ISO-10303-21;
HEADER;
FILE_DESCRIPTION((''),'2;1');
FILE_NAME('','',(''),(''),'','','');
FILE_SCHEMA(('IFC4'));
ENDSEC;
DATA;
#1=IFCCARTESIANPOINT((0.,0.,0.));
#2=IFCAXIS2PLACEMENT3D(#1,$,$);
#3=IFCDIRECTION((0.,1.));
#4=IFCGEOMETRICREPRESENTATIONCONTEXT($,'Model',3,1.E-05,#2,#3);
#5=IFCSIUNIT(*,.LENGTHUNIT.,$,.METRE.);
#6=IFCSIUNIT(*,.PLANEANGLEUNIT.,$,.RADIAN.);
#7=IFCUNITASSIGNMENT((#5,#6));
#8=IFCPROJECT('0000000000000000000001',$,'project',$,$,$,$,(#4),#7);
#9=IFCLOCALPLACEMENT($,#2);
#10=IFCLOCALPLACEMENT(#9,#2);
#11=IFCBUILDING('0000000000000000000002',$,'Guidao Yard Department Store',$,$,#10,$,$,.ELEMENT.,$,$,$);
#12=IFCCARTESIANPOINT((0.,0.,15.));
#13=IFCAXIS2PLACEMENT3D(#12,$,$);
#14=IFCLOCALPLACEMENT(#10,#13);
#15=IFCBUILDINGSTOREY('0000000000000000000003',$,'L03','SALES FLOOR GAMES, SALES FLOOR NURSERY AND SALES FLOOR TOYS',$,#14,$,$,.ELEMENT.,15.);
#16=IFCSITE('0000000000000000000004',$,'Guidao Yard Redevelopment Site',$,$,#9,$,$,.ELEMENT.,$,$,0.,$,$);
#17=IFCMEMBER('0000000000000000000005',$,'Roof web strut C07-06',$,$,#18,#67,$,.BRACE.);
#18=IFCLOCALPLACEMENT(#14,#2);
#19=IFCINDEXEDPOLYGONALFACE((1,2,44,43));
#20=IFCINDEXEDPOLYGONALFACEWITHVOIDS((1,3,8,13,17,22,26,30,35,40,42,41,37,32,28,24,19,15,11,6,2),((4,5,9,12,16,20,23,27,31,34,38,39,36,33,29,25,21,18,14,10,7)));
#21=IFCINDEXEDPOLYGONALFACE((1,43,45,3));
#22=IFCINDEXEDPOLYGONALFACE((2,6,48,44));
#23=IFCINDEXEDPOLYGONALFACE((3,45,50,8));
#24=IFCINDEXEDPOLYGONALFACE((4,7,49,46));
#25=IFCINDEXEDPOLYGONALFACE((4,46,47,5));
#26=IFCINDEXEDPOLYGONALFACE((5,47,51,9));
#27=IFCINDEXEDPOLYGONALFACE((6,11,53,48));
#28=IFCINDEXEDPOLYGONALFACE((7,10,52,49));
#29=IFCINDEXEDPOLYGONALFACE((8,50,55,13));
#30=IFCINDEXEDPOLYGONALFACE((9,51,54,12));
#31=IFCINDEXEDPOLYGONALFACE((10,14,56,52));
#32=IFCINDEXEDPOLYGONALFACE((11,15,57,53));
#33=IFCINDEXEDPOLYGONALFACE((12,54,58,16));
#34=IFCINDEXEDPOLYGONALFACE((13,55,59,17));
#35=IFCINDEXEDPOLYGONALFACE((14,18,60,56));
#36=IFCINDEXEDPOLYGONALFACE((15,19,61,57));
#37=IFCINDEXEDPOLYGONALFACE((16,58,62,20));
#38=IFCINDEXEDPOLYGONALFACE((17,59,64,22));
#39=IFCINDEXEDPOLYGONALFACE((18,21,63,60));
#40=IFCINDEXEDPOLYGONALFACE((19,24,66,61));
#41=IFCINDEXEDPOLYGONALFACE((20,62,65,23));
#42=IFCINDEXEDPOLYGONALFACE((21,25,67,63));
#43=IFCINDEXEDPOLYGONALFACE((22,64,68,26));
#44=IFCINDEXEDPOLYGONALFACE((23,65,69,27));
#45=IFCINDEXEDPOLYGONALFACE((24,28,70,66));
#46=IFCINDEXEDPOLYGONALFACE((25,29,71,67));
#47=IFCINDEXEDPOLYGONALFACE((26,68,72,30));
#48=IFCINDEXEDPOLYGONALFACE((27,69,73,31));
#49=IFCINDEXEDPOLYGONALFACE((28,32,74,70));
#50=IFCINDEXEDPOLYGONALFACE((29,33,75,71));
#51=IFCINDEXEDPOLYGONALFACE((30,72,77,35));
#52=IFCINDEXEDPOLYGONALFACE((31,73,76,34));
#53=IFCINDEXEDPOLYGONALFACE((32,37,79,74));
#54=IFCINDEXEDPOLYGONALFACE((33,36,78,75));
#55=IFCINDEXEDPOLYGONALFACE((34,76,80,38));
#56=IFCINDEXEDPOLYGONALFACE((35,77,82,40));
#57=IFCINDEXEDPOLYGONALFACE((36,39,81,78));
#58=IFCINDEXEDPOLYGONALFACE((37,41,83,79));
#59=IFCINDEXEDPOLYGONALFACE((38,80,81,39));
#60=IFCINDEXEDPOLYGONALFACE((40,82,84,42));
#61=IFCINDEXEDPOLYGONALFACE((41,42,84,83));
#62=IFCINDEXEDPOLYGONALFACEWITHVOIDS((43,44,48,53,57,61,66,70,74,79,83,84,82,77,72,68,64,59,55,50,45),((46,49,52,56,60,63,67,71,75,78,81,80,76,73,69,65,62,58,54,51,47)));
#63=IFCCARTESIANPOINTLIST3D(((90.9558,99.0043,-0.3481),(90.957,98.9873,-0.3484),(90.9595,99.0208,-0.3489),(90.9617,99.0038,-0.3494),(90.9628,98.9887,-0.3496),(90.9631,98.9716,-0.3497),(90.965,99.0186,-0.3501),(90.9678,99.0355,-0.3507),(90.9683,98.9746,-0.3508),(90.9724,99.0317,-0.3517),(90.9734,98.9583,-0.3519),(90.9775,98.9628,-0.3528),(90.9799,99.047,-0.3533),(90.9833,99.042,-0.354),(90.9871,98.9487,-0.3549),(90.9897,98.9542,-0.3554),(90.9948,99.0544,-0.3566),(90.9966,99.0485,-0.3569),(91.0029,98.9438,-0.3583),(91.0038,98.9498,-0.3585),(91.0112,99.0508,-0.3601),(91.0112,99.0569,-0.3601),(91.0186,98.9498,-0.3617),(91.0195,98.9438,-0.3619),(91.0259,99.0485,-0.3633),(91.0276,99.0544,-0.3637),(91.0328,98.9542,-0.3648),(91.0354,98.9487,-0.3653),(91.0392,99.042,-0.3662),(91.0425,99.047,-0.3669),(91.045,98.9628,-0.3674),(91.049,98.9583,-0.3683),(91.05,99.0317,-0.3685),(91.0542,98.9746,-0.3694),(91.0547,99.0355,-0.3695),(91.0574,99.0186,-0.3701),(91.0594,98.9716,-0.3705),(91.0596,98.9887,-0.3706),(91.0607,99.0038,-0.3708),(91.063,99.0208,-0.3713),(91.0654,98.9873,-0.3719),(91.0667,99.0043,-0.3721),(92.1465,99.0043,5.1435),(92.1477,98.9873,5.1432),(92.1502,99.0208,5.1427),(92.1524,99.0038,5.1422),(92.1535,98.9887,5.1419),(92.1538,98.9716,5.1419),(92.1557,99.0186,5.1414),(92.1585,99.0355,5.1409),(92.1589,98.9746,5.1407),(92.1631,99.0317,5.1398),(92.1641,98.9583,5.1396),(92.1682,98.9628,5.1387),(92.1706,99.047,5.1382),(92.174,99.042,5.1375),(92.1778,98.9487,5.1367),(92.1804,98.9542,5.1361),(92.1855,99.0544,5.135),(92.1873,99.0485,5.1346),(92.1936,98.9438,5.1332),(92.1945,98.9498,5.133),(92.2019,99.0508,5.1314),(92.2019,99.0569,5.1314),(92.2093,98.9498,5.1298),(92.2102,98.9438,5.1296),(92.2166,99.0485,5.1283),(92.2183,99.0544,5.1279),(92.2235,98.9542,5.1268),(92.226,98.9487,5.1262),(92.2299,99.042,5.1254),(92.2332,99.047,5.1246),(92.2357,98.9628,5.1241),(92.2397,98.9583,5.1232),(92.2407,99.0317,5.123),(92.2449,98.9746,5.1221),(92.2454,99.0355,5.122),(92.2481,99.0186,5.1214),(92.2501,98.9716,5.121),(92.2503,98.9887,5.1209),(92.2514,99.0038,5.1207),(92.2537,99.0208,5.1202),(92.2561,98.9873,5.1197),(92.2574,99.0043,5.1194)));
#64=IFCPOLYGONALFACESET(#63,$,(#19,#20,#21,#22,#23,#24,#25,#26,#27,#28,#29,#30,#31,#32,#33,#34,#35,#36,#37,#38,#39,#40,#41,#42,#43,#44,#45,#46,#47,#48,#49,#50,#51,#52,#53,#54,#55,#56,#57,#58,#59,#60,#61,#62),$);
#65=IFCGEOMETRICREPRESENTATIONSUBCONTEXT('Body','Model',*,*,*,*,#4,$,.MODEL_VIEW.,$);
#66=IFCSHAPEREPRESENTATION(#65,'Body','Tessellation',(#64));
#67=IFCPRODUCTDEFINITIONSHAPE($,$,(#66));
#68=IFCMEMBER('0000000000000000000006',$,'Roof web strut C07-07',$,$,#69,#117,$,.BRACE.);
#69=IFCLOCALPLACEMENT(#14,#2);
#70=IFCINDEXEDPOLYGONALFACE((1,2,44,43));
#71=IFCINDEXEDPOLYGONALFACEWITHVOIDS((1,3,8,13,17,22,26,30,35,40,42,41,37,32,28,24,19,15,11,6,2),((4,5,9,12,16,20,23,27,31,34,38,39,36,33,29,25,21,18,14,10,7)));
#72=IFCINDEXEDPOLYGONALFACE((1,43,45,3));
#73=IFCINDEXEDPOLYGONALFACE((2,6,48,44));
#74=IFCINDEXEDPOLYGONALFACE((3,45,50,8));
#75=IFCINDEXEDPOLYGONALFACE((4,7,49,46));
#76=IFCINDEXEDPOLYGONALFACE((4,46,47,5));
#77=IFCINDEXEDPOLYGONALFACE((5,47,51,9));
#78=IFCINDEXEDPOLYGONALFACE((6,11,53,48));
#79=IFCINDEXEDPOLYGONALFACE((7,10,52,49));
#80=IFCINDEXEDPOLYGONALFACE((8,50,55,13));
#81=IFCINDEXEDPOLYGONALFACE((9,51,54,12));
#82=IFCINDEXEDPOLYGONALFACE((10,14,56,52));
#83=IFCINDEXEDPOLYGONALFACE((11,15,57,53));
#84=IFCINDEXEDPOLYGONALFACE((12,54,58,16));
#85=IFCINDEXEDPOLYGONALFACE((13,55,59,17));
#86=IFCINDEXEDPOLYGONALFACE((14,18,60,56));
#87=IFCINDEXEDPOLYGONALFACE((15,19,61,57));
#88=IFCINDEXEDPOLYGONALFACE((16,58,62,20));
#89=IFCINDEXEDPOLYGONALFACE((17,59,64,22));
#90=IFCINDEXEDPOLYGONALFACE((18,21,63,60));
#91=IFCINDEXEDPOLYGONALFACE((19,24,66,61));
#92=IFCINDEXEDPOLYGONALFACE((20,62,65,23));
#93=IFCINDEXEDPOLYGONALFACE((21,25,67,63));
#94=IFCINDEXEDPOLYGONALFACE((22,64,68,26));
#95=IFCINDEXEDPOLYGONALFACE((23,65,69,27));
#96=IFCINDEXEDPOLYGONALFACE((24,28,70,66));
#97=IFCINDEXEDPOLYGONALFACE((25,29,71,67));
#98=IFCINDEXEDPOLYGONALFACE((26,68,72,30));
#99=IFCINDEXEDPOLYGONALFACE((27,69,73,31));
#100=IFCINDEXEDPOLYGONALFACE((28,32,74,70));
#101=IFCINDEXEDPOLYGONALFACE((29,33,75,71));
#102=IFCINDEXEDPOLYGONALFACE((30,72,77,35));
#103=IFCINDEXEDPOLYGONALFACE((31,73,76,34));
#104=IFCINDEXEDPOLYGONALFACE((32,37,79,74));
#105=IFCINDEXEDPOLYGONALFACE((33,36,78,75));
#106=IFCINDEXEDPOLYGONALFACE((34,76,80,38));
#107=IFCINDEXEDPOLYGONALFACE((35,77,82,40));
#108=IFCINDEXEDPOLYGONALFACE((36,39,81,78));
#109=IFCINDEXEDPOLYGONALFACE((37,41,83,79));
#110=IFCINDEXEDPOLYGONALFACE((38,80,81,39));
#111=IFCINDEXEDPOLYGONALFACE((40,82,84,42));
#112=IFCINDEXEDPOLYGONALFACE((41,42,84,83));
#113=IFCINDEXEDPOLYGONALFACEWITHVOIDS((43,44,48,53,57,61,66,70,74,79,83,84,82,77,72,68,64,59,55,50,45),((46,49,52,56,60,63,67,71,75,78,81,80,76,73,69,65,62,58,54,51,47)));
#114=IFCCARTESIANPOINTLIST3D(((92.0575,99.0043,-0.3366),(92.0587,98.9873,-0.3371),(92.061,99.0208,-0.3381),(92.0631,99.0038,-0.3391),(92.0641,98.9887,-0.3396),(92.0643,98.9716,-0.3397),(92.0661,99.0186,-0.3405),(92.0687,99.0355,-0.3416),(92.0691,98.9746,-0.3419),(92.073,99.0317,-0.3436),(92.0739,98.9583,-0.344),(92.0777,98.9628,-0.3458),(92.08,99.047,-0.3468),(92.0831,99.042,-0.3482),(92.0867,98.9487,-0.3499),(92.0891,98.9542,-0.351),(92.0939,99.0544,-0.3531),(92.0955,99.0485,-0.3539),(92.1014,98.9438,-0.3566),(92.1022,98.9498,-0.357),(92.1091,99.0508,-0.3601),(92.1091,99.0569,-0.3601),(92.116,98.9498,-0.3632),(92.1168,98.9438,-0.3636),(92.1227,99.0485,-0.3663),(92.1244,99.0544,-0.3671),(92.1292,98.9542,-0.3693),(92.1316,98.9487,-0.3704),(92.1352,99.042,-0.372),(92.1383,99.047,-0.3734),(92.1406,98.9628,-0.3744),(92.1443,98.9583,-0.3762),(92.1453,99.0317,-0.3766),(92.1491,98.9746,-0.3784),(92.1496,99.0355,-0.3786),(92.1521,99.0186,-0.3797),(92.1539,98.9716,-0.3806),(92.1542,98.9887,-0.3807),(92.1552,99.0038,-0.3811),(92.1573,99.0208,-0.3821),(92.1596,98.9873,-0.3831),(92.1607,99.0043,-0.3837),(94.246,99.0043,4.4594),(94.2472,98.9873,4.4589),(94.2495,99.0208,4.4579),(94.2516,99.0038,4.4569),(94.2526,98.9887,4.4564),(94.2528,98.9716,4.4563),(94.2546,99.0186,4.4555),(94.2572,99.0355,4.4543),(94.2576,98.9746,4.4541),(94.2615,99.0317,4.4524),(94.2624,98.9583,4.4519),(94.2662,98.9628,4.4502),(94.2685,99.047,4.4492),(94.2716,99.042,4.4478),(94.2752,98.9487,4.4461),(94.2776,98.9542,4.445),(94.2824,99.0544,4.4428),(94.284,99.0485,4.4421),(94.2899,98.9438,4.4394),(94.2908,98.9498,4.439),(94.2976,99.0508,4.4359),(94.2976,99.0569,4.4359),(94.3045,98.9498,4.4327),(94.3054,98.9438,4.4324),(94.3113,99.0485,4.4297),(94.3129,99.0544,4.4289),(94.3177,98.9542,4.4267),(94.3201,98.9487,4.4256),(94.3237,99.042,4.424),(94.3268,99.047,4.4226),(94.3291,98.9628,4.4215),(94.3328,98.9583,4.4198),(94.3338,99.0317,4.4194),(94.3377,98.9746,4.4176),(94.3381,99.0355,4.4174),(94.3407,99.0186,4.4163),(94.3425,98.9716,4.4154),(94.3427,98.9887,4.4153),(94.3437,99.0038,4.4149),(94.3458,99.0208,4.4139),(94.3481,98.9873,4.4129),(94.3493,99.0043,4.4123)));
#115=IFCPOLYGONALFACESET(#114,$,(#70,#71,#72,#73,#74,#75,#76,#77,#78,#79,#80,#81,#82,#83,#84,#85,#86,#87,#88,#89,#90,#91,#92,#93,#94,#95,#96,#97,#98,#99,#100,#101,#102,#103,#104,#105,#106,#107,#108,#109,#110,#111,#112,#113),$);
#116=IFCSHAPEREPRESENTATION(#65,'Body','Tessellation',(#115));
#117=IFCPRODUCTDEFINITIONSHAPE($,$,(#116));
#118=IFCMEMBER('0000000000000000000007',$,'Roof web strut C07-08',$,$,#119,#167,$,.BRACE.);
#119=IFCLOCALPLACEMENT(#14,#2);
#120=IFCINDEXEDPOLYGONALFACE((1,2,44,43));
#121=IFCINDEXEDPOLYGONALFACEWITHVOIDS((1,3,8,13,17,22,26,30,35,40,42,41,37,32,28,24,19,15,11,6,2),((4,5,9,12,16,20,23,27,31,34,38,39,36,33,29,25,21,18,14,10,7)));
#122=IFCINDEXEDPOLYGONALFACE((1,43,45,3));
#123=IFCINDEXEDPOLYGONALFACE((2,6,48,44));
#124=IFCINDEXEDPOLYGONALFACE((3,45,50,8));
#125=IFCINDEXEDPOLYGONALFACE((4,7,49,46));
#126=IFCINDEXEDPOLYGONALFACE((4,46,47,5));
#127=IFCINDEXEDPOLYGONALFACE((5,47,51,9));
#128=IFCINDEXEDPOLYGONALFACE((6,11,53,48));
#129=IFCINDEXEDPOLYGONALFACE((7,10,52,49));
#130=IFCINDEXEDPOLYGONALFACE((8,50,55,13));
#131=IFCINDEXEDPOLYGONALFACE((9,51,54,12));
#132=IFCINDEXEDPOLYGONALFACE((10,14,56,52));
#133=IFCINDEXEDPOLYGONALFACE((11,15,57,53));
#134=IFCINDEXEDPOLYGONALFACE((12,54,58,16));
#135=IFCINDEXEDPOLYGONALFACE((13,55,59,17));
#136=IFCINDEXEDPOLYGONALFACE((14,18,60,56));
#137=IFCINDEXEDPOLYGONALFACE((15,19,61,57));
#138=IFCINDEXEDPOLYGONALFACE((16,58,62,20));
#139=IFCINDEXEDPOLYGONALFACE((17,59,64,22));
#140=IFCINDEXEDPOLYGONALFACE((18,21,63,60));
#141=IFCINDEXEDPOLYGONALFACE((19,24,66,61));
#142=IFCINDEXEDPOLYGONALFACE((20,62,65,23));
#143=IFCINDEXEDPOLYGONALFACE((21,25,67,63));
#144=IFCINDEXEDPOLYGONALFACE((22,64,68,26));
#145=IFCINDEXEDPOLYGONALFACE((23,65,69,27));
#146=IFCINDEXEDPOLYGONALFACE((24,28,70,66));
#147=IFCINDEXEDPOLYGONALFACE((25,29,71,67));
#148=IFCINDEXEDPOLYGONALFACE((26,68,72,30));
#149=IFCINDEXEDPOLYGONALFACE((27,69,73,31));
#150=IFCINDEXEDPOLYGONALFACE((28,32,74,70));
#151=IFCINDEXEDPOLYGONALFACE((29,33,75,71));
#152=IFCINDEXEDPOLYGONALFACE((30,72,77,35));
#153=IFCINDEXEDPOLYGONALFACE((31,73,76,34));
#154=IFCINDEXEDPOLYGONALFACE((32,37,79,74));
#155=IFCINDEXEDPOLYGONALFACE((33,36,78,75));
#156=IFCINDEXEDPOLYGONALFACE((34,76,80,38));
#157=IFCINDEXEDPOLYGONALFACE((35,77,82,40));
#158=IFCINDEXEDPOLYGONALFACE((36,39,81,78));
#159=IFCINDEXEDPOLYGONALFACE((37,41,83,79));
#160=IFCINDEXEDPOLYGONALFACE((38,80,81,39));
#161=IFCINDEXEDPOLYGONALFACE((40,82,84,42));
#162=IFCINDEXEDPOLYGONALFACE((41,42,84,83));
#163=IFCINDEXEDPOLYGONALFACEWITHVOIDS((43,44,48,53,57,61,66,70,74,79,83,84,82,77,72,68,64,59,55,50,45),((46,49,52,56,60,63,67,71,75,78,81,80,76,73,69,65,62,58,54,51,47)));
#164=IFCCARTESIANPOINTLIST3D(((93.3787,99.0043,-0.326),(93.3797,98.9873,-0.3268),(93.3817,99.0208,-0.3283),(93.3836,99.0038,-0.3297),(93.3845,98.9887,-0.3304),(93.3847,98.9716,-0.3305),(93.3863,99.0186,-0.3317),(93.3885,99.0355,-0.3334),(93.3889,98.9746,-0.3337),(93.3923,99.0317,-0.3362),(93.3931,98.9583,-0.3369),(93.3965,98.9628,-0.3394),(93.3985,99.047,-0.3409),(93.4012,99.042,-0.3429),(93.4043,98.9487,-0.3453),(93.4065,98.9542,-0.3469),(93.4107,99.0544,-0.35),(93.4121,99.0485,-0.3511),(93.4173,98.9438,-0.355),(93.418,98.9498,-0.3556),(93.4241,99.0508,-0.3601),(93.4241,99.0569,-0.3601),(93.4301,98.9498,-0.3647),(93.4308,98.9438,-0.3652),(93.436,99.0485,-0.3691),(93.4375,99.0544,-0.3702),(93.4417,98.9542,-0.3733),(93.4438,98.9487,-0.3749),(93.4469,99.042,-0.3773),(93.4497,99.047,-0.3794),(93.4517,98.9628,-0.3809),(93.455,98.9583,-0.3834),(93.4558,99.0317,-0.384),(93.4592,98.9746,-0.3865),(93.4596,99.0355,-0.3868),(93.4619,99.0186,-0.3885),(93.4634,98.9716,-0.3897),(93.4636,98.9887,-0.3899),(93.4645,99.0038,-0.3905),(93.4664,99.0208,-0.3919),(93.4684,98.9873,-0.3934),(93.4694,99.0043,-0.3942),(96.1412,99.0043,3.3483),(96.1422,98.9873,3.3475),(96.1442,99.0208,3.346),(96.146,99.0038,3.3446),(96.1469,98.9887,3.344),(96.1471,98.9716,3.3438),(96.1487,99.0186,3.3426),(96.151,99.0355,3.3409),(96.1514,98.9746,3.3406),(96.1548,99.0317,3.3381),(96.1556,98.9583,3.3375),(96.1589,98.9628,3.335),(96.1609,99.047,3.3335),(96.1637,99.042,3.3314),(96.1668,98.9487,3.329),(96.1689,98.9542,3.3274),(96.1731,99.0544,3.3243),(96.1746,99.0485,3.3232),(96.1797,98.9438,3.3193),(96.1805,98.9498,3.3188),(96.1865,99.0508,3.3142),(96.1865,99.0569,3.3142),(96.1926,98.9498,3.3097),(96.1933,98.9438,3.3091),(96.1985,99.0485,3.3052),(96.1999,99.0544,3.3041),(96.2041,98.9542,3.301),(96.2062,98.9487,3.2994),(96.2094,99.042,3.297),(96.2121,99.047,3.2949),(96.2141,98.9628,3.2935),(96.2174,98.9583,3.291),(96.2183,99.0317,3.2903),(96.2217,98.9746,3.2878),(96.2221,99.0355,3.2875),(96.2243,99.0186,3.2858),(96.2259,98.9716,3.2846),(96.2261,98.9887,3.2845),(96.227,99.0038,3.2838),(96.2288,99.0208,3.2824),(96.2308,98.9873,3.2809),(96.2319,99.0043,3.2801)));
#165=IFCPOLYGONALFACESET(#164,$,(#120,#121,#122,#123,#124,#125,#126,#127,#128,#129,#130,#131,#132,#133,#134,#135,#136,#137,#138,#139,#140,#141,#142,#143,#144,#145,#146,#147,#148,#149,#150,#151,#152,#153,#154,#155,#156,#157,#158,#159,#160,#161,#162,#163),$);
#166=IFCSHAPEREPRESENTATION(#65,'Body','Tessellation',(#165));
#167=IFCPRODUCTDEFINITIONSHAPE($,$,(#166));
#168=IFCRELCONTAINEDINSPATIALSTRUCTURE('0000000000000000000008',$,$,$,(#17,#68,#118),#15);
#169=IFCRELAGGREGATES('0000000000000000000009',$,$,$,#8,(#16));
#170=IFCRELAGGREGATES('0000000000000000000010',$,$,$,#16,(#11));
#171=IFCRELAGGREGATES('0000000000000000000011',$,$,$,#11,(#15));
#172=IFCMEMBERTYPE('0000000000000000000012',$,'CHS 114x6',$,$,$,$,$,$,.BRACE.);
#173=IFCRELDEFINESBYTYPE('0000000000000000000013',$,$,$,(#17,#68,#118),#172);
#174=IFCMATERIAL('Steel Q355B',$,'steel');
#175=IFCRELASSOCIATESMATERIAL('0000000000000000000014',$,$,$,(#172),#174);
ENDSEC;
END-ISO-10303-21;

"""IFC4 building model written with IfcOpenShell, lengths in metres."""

from ifc_helpers import new_model, si_unit, direction, frame, origin, origin_2d, place, context, subcontext, project, spatial, hollow_circle, extrude, material, material_profile, profile_set, type_object, element, save


model = new_model("IFC4")

# Units and contexts
model_context = context("Model", 3, precision=1e-05, world=origin(), true_north=direction((0.0, 1.0)))
body_context = subcontext(model_context, "Body", "Model", "MODEL_VIEW")
ifc_project = project(units=[si_unit("LENGTHUNIT", "METRE"), si_unit("PLANEANGLEUNIT", "RADIAN")], contexts=[model_context])

# Site, building, storey
site_placement = place(None, origin())
site = spatial("IfcSite", under=ifc_project, at=site_placement, Name="Guidao Yard Redevelopment Site", CompositionType="ELEMENT", RefElevation=0.0)
building_placement = place(site_placement, origin())
building = spatial("IfcBuilding", under=site, at=building_placement, Name="Guidao Yard Department Store", CompositionType="ELEMENT")
storey_placement = place(building_placement, frame((0.0, 0.0, 15.0)))
storey = spatial("IfcBuildingStorey", under=building, at=storey_placement, Name="L03", Description="SALES FLOOR GAMES, SALES FLOOR NURSERY AND SALES FLOOR TOYS", CompositionType="ELEMENT", Elevation=15.0)

# Members
ifc_material_1 = material(Name="Steel Q355B", Category="steel")
ifc_material_profile_1 = material_profile(ifc_material_1, hollow_circle(Radius=0.0569, WallThickness=0.0061, at=origin_2d()), Name="CHS 114x6")
ifc_profile_set_1 = profile_set([ifc_material_profile_1], Name="Steel Q355B")
member_type_1 = type_object("IfcMemberType", Name="CHS 114x6", PredefinedType="BRACE", material=ifc_profile_set_1)
member_1_placement = place(storey_placement, frame((91.0112, 99.0, -0.3601), z_axis=(0.211899, 0.0, 0.977292), x_axis=(0.0, 1.0, 0.0)))
element("IfcMember", 1, at=member_1_placement, inside=storey, type_object=member_type_1, Name="Roof web strut C07-06", PredefinedType="BRACE", context=body_context, shape_type="SweptSolid", body=[
    extrude(hollow_circle(Radius=0.0569, WallThickness=0.0061, at=origin_2d()), origin(), (0.0, 0.0, 1.0), 5.6191),
])
member_2_placement = place(storey_placement, frame((92.1091, 99.0, -0.3601), z_axis=(0.415142, 0.0, 0.909756), x_axis=(0.0, 1.0, 0.0)))
element("IfcMember", 2, at=member_2_placement, inside=storey, type_object=member_type_1, Name="Roof web strut C07-07", PredefinedType="BRACE", context=body_context, shape_type="SweptSolid", body=[
    extrude(hollow_circle(Radius=0.0569, WallThickness=0.0061, at=origin_2d()), origin(), (0.0, 0.0, 1.0), 5.2717),
])
member_3_placement = place(storey_placement, frame((93.4241, 99.0, -0.3601), z_axis=(0.600934, 0.0, 0.799298), x_axis=(0.0, 1.0, 0.0)))
element("IfcMember", 3, at=member_3_placement, inside=storey, type_object=member_type_1, Name="Roof web strut C07-08", PredefinedType="BRACE", context=body_context, shape_type="SweptSolid", body=[
    extrude(hollow_circle(Radius=0.0569, WallThickness=0.0061, at=origin_2d()), origin(), (0.0, 0.0, 1.0), 4.5969),
])

save(model, "model.ifc")
